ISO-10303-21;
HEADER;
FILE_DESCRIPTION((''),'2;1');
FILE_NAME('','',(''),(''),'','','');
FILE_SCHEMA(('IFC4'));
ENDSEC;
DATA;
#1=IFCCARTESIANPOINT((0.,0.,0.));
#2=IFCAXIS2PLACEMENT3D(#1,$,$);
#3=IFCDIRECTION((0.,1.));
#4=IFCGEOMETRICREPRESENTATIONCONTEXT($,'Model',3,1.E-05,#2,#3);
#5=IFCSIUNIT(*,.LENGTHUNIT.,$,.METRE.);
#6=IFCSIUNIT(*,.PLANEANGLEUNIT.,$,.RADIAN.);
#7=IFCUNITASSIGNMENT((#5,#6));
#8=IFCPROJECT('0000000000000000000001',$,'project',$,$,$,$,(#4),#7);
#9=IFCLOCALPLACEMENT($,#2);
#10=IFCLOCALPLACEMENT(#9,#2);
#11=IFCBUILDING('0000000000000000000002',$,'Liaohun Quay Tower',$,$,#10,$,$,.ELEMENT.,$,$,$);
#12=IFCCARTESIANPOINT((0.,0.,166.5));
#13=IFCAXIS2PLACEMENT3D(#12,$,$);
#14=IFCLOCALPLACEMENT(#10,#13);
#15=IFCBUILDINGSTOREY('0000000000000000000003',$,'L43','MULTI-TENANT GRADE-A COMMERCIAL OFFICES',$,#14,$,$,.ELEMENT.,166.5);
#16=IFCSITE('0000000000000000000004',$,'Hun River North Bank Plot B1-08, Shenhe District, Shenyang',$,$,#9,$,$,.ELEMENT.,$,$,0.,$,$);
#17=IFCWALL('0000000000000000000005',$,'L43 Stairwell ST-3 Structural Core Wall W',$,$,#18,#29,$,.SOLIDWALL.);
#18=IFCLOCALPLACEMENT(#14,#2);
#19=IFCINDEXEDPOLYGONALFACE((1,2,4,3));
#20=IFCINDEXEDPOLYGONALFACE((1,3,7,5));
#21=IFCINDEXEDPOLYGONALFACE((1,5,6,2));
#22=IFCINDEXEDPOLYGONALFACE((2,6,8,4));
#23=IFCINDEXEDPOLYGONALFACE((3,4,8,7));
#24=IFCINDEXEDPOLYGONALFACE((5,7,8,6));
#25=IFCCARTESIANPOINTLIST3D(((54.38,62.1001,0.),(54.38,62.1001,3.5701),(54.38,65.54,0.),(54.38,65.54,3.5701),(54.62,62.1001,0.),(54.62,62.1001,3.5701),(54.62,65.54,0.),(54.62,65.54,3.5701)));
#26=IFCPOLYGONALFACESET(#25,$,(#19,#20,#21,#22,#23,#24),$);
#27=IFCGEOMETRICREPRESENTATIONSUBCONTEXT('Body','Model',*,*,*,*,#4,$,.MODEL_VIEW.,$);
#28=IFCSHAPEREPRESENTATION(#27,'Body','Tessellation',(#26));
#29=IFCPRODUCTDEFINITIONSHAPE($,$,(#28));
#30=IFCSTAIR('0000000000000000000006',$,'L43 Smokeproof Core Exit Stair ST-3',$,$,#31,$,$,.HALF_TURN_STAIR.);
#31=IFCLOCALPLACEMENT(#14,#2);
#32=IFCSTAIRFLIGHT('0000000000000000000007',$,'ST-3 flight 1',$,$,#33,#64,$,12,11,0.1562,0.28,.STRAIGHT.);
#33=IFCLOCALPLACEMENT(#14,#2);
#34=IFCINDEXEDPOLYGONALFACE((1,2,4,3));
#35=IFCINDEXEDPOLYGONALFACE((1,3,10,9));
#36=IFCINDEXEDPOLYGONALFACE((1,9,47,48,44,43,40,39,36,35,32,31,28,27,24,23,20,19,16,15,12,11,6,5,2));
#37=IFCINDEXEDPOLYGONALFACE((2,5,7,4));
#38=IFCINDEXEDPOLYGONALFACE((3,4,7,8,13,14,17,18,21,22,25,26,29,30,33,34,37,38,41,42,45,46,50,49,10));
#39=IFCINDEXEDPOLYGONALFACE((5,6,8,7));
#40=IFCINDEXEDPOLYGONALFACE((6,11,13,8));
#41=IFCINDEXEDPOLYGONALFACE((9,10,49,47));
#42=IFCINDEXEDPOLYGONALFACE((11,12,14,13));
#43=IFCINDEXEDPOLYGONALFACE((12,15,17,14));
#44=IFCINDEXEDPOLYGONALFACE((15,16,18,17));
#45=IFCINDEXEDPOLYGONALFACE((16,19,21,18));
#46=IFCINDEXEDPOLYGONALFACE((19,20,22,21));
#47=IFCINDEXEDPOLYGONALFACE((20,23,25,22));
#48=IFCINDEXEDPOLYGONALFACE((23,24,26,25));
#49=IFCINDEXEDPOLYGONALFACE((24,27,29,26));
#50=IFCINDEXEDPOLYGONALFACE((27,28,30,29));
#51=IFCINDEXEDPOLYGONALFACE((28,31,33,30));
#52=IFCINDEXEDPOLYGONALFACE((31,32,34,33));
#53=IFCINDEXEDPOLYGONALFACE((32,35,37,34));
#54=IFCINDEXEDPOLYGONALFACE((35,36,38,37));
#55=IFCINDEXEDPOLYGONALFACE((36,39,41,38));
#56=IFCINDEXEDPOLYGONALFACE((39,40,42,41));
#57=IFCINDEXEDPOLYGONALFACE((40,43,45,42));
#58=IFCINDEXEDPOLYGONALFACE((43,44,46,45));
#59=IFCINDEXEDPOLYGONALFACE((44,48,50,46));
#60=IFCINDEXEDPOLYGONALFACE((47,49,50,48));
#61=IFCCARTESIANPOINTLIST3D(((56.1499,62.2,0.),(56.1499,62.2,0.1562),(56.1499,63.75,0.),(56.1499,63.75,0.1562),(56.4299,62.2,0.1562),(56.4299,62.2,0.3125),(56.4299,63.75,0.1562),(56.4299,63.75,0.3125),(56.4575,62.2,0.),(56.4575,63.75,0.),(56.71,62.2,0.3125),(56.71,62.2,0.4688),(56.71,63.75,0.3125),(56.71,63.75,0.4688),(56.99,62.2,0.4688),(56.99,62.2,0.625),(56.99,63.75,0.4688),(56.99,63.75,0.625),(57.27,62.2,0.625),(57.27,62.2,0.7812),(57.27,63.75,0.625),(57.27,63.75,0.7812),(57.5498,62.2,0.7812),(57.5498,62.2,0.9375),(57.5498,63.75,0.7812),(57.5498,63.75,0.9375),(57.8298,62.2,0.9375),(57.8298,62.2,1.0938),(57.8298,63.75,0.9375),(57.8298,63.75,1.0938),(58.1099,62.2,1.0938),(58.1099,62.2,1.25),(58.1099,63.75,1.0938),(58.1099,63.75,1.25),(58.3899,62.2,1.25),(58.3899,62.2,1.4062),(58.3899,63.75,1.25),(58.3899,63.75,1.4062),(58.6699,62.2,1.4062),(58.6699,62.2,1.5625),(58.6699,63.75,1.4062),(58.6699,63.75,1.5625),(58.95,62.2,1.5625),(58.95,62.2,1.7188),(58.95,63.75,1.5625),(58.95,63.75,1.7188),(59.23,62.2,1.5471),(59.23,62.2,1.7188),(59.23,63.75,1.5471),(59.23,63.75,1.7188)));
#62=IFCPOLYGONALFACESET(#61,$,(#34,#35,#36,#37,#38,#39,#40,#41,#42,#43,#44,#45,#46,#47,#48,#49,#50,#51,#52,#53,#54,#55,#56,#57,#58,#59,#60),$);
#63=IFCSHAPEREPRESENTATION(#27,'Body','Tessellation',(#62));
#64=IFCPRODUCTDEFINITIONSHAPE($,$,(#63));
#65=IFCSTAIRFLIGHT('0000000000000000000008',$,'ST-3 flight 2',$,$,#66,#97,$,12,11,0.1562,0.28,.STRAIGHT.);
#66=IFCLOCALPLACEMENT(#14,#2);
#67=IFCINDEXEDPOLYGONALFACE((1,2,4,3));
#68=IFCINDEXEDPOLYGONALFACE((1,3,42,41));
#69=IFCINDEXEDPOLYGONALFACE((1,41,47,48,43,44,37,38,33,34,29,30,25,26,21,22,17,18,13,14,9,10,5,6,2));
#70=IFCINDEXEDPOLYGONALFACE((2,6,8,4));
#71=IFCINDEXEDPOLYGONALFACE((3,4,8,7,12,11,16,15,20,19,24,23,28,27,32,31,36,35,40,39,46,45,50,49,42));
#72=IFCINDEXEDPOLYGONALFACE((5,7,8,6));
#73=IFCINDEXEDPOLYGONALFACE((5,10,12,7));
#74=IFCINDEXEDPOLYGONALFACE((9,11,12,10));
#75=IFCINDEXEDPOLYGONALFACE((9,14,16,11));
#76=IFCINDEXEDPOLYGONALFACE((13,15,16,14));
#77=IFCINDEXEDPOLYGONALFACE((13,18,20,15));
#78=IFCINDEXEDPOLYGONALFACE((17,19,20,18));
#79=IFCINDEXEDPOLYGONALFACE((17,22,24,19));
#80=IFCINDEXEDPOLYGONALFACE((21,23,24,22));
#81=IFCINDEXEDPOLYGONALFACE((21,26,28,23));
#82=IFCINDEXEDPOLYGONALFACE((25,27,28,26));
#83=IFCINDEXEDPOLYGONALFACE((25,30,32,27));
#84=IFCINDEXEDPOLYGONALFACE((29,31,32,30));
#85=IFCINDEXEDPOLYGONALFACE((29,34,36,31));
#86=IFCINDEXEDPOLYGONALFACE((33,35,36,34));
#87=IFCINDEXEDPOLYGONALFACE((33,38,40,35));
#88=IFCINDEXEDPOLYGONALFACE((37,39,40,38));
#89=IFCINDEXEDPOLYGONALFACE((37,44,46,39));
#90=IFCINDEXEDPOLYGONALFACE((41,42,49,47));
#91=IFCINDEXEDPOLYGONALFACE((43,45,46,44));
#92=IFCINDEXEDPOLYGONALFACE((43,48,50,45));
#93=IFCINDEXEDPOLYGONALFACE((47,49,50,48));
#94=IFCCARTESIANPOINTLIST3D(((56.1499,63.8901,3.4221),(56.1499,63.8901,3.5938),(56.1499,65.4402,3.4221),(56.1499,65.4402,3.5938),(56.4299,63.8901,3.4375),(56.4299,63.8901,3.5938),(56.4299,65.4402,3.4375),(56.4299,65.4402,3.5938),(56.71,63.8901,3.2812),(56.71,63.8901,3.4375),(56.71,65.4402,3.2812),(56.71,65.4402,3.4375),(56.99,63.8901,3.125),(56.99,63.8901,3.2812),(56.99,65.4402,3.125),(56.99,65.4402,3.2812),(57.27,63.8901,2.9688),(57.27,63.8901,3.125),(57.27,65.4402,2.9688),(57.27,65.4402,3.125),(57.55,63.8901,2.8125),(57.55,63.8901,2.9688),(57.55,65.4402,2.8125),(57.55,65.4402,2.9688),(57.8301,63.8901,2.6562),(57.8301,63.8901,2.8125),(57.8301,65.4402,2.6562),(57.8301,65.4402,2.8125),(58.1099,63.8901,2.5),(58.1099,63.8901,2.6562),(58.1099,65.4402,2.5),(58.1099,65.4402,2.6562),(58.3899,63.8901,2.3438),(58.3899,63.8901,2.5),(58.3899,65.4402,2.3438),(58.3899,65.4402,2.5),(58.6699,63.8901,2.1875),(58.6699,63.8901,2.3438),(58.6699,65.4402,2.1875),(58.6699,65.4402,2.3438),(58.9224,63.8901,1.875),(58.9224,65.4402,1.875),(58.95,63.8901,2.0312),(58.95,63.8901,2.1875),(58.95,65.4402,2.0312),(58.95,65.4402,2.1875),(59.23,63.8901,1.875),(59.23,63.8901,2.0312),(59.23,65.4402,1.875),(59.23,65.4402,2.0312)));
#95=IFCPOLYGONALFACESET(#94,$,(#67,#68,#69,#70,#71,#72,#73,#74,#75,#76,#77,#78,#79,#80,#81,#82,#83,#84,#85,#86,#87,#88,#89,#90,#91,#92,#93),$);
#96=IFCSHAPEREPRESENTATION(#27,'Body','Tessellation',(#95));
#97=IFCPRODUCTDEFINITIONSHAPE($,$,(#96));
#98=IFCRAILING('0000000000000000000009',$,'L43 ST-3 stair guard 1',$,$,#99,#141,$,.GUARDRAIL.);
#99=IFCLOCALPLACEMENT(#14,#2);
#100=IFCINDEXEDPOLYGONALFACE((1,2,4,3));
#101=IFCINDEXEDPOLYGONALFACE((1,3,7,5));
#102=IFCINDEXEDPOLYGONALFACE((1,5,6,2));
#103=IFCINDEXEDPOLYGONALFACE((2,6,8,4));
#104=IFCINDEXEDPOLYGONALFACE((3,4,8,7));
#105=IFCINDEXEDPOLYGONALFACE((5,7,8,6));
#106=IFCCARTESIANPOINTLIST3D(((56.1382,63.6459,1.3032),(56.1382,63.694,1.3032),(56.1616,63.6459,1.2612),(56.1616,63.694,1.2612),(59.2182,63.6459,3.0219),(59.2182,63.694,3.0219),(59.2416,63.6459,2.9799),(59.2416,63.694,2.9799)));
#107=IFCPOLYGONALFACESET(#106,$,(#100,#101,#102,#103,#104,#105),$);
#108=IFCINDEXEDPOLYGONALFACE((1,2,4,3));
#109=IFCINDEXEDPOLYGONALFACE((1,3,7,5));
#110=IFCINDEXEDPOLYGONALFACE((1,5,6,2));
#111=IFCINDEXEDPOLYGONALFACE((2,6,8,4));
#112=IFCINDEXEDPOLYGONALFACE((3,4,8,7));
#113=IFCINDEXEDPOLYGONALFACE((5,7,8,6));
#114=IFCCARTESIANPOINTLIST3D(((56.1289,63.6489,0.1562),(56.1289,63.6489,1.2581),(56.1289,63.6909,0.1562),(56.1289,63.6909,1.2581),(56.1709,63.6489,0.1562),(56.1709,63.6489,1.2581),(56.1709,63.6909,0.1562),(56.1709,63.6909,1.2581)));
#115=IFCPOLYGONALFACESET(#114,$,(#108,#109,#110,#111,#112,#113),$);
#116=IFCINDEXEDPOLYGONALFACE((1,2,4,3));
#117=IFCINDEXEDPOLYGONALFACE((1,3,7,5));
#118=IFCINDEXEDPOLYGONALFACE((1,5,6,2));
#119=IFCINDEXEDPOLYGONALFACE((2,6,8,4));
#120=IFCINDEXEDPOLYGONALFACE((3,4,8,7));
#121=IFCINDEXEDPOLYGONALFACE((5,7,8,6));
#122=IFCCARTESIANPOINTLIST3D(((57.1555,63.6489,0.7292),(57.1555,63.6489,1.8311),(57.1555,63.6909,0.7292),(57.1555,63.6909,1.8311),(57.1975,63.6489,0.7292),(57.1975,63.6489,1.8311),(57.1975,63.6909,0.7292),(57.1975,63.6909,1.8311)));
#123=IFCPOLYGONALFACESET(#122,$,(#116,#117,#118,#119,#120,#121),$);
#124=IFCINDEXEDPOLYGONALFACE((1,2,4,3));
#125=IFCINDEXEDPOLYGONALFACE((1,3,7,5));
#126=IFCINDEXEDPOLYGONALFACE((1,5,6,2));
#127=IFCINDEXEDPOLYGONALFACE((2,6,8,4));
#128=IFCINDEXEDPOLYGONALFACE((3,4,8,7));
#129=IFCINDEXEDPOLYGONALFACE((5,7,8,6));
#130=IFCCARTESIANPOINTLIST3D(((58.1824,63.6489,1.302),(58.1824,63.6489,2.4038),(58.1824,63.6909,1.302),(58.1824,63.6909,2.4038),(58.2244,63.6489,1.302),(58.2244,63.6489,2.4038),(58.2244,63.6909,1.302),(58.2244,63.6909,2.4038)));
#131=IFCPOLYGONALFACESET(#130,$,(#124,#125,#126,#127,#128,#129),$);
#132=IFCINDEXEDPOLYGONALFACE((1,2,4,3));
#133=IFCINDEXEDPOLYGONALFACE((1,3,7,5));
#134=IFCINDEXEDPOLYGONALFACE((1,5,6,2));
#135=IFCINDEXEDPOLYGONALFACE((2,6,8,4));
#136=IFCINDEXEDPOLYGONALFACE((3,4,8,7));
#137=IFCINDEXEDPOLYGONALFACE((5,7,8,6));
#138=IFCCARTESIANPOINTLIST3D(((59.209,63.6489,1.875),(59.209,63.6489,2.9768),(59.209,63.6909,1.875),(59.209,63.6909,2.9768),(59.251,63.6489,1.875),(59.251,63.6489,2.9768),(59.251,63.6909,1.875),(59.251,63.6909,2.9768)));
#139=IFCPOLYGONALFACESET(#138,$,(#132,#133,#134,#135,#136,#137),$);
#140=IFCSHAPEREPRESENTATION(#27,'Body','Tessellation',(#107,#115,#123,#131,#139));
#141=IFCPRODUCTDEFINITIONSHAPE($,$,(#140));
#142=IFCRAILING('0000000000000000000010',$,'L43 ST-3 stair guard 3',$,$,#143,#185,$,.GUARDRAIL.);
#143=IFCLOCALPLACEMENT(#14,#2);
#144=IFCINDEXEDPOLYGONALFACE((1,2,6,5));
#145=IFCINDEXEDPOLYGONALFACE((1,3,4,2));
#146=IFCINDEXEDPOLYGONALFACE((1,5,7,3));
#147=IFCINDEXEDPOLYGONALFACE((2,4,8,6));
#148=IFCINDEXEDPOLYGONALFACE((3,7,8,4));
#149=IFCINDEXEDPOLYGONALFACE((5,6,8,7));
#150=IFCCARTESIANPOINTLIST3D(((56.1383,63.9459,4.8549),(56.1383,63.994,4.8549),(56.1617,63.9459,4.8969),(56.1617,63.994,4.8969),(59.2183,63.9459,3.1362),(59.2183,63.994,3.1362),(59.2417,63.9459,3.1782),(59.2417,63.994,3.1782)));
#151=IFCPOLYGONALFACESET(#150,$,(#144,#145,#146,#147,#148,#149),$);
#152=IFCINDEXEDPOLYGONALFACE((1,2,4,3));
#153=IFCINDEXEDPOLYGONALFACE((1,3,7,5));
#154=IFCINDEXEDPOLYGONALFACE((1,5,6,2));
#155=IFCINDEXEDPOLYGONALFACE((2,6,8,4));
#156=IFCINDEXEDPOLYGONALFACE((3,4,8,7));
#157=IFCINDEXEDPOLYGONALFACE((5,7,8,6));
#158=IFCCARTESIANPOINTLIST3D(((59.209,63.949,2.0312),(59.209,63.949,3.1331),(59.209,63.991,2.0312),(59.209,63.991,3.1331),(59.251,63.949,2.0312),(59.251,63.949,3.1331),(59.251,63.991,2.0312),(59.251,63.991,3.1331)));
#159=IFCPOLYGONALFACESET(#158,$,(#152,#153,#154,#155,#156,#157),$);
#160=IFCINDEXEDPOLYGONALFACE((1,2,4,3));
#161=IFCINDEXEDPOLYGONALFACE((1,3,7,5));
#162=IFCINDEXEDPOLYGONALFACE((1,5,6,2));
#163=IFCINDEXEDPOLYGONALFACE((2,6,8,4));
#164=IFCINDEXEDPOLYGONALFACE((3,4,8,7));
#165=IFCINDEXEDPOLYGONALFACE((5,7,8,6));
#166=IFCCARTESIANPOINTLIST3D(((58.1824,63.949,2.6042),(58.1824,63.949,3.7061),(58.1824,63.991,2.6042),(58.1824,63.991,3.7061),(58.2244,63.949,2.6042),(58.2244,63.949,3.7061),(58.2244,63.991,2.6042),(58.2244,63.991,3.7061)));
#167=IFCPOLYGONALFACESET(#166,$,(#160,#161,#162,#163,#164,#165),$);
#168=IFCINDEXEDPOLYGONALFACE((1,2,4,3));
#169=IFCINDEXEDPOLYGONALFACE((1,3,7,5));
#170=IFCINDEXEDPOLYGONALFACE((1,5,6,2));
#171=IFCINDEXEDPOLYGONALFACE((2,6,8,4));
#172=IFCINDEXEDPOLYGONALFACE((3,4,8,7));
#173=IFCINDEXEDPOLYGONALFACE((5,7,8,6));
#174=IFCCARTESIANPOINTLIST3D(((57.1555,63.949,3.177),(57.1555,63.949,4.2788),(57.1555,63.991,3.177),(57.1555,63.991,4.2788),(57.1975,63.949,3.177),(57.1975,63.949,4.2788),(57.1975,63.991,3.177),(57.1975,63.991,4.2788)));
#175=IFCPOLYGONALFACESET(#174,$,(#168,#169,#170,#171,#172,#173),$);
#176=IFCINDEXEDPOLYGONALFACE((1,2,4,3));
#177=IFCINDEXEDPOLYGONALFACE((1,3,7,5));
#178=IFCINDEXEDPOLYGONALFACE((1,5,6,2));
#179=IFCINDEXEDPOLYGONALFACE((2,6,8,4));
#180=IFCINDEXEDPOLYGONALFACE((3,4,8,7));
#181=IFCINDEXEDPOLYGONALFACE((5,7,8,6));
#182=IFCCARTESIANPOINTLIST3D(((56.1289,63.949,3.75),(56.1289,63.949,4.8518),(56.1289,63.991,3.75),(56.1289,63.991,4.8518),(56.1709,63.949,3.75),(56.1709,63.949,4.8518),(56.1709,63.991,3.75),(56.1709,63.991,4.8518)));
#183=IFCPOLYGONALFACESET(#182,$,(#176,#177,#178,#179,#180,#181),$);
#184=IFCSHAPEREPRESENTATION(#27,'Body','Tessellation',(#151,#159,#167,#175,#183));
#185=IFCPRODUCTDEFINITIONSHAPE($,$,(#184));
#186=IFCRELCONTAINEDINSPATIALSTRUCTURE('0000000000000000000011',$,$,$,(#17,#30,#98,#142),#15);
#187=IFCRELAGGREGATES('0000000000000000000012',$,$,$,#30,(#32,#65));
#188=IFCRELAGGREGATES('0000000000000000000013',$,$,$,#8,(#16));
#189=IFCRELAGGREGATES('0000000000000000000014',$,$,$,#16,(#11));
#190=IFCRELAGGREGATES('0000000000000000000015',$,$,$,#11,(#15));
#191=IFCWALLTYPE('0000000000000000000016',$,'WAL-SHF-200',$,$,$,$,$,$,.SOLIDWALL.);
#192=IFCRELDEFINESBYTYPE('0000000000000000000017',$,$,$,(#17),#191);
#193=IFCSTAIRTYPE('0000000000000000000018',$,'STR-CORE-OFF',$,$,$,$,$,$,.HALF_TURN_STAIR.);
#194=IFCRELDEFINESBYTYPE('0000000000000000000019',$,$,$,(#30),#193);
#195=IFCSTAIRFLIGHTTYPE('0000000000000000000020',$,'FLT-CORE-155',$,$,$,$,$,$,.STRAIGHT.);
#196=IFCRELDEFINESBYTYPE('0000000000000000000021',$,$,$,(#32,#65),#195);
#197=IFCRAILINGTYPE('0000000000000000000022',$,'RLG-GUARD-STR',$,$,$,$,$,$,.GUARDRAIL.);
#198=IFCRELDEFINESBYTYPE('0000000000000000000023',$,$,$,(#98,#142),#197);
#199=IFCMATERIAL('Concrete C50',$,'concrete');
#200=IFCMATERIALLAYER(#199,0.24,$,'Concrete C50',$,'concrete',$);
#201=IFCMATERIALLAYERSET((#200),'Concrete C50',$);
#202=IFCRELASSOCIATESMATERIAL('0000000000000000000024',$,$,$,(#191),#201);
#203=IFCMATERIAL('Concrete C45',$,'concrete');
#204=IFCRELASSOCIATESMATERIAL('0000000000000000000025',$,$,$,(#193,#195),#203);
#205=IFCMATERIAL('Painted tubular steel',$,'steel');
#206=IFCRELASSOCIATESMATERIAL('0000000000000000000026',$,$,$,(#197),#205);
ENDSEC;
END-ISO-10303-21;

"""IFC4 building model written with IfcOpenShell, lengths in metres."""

from ifc_helpers import new_model, si_unit, direction, frame, frame_2d, origin, origin_2d, place, context, subcontext, project, spatial, polyline, rectangle, outline, extrude, material, layer, layer_set, type_object, element, aggregate, save


model = new_model("IFC4")

# Units and contexts
model_context = context("Model", 3, precision=1e-05, world=origin(), true_north=direction((0.0, 1.0)))
body_context = subcontext(model_context, "Body", "Model", "MODEL_VIEW")
ifc_project = project(units=[si_unit("LENGTHUNIT", "METRE"), si_unit("PLANEANGLEUNIT", "RADIAN")], contexts=[model_context])

# Site, building, storey
site_placement = place(None, origin())
site = spatial("IfcSite", under=ifc_project, at=site_placement, Name="Hun River North Bank Plot B1-08, Shenhe District, Shenyang", CompositionType="ELEMENT", RefElevation=0.0)
building_placement = place(site_placement, origin())
building = spatial("IfcBuilding", under=site, at=building_placement, Name="Liaohun Quay Tower", CompositionType="ELEMENT")
storey_placement = place(building_placement, frame((0.0, 0.0, 166.5)))
storey = spatial("IfcBuildingStorey", under=building, at=storey_placement, Name="L43", Description="MULTI-TENANT GRADE-A COMMERCIAL OFFICES", CompositionType="ELEMENT", Elevation=166.5)

# Wall
ifc_material_1 = material(Name="Concrete C50", Category="concrete")
ifc_layer_1 = layer(ifc_material_1, 0.24, Name="Concrete C50", Category="concrete")
ifc_layer_set_1 = layer_set([ifc_layer_1], Name="Concrete C50")
wall_type_1 = type_object("IfcWallType", Name="WAL-SHF-200", PredefinedType="SOLIDWALL", material=ifc_layer_set_1)
wall_1_placement = place(storey_placement, frame((54.5, 65.54, 0.0), z_axis=(0.0, 0.0, 1.0), x_axis=(0.0, -1.0, 0.0)))
element("IfcWall", 1, at=wall_1_placement, inside=storey, type_object=wall_type_1, Name="L43 Stairwell ST-3 Structural Core Wall W", PredefinedType="SOLIDWALL", context=body_context, shape_type="SweptSolid", body=[
    extrude(rectangle(XDim=3.4399, YDim=0.24, at=frame_2d((1.72, 0.0))), origin(), (0.0, 0.0, 1.0), 3.5701),
])

# Stair, stair flights
ifc_material_2 = material(Name="Concrete C45", Category="concrete")
stair_type = type_object("IfcStairType", Name="STR-CORE-OFF", PredefinedType="HALF_TURN_STAIR", material=ifc_material_2)
stair_placement = place(storey_placement, origin())
stair = element("IfcStair", 2, at=stair_placement, inside=storey, type_object=stair_type, Name="L43 Smokeproof Core Exit Stair ST-3", PredefinedType="HALF_TURN_STAIR")
stair_flight_type = type_object("IfcStairFlightType", Name="FLT-CORE-155", PredefinedType="STRAIGHT", material=ifc_material_2)
stair_flight_1_placement = place(storey_placement, frame((56.1499, 62.9751, 0.0), z_axis=(0.0, 0.0, 1.0), x_axis=(1.0, 0.0, 0.0)))
stair_flight_1 = element("IfcStairFlight", 3, at=stair_flight_1_placement, type_object=stair_flight_type, Name="ST-3 flight 1", NumberOfRisers=12, NumberOfTreads=11, PredefinedType="STRAIGHT", RiserHeight=0.1562, TreadLength=0.28, context=body_context, shape_type="SweptSolid", body=[
    extrude(outline(polyline([(0.0, 0.0), (0.0, 0.1562), (0.28, 0.1562), (0.28, 0.3125), (0.5601, 0.3125), (0.5601, 0.4688), (0.8401, 0.4688), (0.8401, 0.625), (1.1201, 0.625), (1.1201, 0.7812), (1.3999, 0.7812), (1.3999, 0.9375), (1.6799, 0.9375), (1.6799, 1.0938), (1.96, 1.0938), (1.96, 1.25), (2.24, 1.25), (2.24, 1.4062), (2.52, 1.4062), (2.52, 1.5625), (2.8, 1.5625), (2.8, 1.7188), (3.0801, 1.7188), (3.0801, 1.875), (3.0801, 1.5471), (0.3076, 0.0), (0.0, 0.0)])), frame((0.0, 0.7749, 0.0), z_axis=(0.0, -1.0, 0.0), x_axis=(1.0, 0.0, 0.0)), (0.0, 0.0, 1.0), 1.55),
])
stair_flight_2_placement = place(storey_placement, frame((59.23, 64.665, 1.875), z_axis=(0.0, 0.0, 1.0), x_axis=(-1.0, 0.0, 0.0)))
stair_flight_2 = element("IfcStairFlight", 4, at=stair_flight_2_placement, type_object=stair_flight_type, Name="ST-3 flight 2", NumberOfRisers=12, NumberOfTreads=11, PredefinedType="STRAIGHT", RiserHeight=0.1562, TreadLength=0.28, context=body_context, shape_type="SweptSolid", body=[
    extrude(outline(polyline([(0.0, 0.0), (0.0, 0.1562), (0.28, 0.1562), (0.28, 0.3125), (0.5601, 0.3125), (0.5601, 0.4688), (0.8401, 0.4688), (0.8401, 0.625), (1.1201, 0.625), (1.1201, 0.7812), (1.3999, 0.7812), (1.3999, 0.9375), (1.6799, 0.9375), (1.6799, 1.0938), (1.96, 1.0938), (1.96, 1.25), (2.24, 1.25), (2.24, 1.4062), (2.52, 1.4062), (2.52, 1.5625), (2.8, 1.5625), (2.8, 1.7188), (3.0801, 1.7188), (3.0801, 1.875), (3.0801, 1.5471), (0.3076, 0.0), (0.0, 0.0)])), frame((0.0, 0.7749, 0.0), z_axis=(0.0, -1.0, 0.0), x_axis=(1.0, 0.0, 0.0)), (0.0, 0.0, 1.0), 1.55),
])
aggregate(stair, [stair_flight_1, stair_flight_2])

# Railings
ifc_material_3 = material(Name="Painted tubular steel", Category="steel")
railing_type_1 = type_object("IfcRailingType", Name="RLG-GUARD-STR", PredefinedType="GUARDRAIL", material=ifc_material_3)
railing_1_placement = place(storey_placement, frame((56.1499, 63.6699, 0.1562)))
element("IfcRailing", 5, at=railing_1_placement, inside=storey, type_object=railing_type_1, Name="L43 ST-3 stair guard 1", PredefinedType="GUARDRAIL", context=body_context, shape_type="SweptSolid", body=[
    extrude(rectangle(XDim=0.0481, YDim=0.0481, at=origin_2d()), frame((0.0, 0.0, 1.126), z_axis=(0.873242, 0.0, 0.487288), x_axis=(0.0, 1.0, 0.0)), (0.0, 0.0, 1.0), 3.5271),
    extrude(rectangle(XDim=0.042, YDim=0.042, at=origin_2d()), origin(), (0.0, 0.0, 1.0), 1.1018),
    extrude(rectangle(XDim=0.042, YDim=0.042, at=origin_2d()), frame((1.0266, 0.0, 0.573)), (0.0, 0.0, 1.0), 1.1018),
    extrude(rectangle(XDim=0.042, YDim=0.042, at=origin_2d()), frame((2.0535, 0.0, 1.1458)), (0.0, 0.0, 1.0), 1.1018),
    extrude(rectangle(XDim=0.042, YDim=0.042, at=origin_2d()), frame((3.0801, 0.0, 1.7188)), (0.0, 0.0, 1.0), 1.1018),
])
railing_2_placement = place(storey_placement, frame((59.23, 63.97, 2.0312)))
element("IfcRailing", 6, at=railing_2_placement, inside=storey, type_object=railing_type_1, Name="L43 ST-3 stair guard 3", PredefinedType="GUARDRAIL", context=body_context, shape_type="SweptSolid", body=[
    extrude(rectangle(XDim=0.0481, YDim=0.0481, at=origin_2d()), frame((0.0, 0.0, 1.126), z_axis=(-0.873242, 0.0, 0.487288), x_axis=(0.0, -1.0, 0.0)), (0.0, 0.0, 1.0), 3.5271),
    extrude(rectangle(XDim=0.042, YDim=0.042, at=origin_2d()), origin(), (0.0, 0.0, 1.0), 1.1018),
    extrude(rectangle(XDim=0.042, YDim=0.042, at=origin_2d()), frame((-1.0266, 0.0, 0.573)), (0.0, 0.0, 1.0), 1.1018),
    extrude(rectangle(XDim=0.042, YDim=0.042, at=origin_2d()), frame((-2.0535, 0.0, 1.1458)), (0.0, 0.0, 1.0), 1.1018),
    extrude(rectangle(XDim=0.042, YDim=0.042, at=origin_2d()), frame((-3.0801, 0.0, 1.7188)), (0.0, 0.0, 1.0), 1.1018),
])

save(model, "model.ifc")
